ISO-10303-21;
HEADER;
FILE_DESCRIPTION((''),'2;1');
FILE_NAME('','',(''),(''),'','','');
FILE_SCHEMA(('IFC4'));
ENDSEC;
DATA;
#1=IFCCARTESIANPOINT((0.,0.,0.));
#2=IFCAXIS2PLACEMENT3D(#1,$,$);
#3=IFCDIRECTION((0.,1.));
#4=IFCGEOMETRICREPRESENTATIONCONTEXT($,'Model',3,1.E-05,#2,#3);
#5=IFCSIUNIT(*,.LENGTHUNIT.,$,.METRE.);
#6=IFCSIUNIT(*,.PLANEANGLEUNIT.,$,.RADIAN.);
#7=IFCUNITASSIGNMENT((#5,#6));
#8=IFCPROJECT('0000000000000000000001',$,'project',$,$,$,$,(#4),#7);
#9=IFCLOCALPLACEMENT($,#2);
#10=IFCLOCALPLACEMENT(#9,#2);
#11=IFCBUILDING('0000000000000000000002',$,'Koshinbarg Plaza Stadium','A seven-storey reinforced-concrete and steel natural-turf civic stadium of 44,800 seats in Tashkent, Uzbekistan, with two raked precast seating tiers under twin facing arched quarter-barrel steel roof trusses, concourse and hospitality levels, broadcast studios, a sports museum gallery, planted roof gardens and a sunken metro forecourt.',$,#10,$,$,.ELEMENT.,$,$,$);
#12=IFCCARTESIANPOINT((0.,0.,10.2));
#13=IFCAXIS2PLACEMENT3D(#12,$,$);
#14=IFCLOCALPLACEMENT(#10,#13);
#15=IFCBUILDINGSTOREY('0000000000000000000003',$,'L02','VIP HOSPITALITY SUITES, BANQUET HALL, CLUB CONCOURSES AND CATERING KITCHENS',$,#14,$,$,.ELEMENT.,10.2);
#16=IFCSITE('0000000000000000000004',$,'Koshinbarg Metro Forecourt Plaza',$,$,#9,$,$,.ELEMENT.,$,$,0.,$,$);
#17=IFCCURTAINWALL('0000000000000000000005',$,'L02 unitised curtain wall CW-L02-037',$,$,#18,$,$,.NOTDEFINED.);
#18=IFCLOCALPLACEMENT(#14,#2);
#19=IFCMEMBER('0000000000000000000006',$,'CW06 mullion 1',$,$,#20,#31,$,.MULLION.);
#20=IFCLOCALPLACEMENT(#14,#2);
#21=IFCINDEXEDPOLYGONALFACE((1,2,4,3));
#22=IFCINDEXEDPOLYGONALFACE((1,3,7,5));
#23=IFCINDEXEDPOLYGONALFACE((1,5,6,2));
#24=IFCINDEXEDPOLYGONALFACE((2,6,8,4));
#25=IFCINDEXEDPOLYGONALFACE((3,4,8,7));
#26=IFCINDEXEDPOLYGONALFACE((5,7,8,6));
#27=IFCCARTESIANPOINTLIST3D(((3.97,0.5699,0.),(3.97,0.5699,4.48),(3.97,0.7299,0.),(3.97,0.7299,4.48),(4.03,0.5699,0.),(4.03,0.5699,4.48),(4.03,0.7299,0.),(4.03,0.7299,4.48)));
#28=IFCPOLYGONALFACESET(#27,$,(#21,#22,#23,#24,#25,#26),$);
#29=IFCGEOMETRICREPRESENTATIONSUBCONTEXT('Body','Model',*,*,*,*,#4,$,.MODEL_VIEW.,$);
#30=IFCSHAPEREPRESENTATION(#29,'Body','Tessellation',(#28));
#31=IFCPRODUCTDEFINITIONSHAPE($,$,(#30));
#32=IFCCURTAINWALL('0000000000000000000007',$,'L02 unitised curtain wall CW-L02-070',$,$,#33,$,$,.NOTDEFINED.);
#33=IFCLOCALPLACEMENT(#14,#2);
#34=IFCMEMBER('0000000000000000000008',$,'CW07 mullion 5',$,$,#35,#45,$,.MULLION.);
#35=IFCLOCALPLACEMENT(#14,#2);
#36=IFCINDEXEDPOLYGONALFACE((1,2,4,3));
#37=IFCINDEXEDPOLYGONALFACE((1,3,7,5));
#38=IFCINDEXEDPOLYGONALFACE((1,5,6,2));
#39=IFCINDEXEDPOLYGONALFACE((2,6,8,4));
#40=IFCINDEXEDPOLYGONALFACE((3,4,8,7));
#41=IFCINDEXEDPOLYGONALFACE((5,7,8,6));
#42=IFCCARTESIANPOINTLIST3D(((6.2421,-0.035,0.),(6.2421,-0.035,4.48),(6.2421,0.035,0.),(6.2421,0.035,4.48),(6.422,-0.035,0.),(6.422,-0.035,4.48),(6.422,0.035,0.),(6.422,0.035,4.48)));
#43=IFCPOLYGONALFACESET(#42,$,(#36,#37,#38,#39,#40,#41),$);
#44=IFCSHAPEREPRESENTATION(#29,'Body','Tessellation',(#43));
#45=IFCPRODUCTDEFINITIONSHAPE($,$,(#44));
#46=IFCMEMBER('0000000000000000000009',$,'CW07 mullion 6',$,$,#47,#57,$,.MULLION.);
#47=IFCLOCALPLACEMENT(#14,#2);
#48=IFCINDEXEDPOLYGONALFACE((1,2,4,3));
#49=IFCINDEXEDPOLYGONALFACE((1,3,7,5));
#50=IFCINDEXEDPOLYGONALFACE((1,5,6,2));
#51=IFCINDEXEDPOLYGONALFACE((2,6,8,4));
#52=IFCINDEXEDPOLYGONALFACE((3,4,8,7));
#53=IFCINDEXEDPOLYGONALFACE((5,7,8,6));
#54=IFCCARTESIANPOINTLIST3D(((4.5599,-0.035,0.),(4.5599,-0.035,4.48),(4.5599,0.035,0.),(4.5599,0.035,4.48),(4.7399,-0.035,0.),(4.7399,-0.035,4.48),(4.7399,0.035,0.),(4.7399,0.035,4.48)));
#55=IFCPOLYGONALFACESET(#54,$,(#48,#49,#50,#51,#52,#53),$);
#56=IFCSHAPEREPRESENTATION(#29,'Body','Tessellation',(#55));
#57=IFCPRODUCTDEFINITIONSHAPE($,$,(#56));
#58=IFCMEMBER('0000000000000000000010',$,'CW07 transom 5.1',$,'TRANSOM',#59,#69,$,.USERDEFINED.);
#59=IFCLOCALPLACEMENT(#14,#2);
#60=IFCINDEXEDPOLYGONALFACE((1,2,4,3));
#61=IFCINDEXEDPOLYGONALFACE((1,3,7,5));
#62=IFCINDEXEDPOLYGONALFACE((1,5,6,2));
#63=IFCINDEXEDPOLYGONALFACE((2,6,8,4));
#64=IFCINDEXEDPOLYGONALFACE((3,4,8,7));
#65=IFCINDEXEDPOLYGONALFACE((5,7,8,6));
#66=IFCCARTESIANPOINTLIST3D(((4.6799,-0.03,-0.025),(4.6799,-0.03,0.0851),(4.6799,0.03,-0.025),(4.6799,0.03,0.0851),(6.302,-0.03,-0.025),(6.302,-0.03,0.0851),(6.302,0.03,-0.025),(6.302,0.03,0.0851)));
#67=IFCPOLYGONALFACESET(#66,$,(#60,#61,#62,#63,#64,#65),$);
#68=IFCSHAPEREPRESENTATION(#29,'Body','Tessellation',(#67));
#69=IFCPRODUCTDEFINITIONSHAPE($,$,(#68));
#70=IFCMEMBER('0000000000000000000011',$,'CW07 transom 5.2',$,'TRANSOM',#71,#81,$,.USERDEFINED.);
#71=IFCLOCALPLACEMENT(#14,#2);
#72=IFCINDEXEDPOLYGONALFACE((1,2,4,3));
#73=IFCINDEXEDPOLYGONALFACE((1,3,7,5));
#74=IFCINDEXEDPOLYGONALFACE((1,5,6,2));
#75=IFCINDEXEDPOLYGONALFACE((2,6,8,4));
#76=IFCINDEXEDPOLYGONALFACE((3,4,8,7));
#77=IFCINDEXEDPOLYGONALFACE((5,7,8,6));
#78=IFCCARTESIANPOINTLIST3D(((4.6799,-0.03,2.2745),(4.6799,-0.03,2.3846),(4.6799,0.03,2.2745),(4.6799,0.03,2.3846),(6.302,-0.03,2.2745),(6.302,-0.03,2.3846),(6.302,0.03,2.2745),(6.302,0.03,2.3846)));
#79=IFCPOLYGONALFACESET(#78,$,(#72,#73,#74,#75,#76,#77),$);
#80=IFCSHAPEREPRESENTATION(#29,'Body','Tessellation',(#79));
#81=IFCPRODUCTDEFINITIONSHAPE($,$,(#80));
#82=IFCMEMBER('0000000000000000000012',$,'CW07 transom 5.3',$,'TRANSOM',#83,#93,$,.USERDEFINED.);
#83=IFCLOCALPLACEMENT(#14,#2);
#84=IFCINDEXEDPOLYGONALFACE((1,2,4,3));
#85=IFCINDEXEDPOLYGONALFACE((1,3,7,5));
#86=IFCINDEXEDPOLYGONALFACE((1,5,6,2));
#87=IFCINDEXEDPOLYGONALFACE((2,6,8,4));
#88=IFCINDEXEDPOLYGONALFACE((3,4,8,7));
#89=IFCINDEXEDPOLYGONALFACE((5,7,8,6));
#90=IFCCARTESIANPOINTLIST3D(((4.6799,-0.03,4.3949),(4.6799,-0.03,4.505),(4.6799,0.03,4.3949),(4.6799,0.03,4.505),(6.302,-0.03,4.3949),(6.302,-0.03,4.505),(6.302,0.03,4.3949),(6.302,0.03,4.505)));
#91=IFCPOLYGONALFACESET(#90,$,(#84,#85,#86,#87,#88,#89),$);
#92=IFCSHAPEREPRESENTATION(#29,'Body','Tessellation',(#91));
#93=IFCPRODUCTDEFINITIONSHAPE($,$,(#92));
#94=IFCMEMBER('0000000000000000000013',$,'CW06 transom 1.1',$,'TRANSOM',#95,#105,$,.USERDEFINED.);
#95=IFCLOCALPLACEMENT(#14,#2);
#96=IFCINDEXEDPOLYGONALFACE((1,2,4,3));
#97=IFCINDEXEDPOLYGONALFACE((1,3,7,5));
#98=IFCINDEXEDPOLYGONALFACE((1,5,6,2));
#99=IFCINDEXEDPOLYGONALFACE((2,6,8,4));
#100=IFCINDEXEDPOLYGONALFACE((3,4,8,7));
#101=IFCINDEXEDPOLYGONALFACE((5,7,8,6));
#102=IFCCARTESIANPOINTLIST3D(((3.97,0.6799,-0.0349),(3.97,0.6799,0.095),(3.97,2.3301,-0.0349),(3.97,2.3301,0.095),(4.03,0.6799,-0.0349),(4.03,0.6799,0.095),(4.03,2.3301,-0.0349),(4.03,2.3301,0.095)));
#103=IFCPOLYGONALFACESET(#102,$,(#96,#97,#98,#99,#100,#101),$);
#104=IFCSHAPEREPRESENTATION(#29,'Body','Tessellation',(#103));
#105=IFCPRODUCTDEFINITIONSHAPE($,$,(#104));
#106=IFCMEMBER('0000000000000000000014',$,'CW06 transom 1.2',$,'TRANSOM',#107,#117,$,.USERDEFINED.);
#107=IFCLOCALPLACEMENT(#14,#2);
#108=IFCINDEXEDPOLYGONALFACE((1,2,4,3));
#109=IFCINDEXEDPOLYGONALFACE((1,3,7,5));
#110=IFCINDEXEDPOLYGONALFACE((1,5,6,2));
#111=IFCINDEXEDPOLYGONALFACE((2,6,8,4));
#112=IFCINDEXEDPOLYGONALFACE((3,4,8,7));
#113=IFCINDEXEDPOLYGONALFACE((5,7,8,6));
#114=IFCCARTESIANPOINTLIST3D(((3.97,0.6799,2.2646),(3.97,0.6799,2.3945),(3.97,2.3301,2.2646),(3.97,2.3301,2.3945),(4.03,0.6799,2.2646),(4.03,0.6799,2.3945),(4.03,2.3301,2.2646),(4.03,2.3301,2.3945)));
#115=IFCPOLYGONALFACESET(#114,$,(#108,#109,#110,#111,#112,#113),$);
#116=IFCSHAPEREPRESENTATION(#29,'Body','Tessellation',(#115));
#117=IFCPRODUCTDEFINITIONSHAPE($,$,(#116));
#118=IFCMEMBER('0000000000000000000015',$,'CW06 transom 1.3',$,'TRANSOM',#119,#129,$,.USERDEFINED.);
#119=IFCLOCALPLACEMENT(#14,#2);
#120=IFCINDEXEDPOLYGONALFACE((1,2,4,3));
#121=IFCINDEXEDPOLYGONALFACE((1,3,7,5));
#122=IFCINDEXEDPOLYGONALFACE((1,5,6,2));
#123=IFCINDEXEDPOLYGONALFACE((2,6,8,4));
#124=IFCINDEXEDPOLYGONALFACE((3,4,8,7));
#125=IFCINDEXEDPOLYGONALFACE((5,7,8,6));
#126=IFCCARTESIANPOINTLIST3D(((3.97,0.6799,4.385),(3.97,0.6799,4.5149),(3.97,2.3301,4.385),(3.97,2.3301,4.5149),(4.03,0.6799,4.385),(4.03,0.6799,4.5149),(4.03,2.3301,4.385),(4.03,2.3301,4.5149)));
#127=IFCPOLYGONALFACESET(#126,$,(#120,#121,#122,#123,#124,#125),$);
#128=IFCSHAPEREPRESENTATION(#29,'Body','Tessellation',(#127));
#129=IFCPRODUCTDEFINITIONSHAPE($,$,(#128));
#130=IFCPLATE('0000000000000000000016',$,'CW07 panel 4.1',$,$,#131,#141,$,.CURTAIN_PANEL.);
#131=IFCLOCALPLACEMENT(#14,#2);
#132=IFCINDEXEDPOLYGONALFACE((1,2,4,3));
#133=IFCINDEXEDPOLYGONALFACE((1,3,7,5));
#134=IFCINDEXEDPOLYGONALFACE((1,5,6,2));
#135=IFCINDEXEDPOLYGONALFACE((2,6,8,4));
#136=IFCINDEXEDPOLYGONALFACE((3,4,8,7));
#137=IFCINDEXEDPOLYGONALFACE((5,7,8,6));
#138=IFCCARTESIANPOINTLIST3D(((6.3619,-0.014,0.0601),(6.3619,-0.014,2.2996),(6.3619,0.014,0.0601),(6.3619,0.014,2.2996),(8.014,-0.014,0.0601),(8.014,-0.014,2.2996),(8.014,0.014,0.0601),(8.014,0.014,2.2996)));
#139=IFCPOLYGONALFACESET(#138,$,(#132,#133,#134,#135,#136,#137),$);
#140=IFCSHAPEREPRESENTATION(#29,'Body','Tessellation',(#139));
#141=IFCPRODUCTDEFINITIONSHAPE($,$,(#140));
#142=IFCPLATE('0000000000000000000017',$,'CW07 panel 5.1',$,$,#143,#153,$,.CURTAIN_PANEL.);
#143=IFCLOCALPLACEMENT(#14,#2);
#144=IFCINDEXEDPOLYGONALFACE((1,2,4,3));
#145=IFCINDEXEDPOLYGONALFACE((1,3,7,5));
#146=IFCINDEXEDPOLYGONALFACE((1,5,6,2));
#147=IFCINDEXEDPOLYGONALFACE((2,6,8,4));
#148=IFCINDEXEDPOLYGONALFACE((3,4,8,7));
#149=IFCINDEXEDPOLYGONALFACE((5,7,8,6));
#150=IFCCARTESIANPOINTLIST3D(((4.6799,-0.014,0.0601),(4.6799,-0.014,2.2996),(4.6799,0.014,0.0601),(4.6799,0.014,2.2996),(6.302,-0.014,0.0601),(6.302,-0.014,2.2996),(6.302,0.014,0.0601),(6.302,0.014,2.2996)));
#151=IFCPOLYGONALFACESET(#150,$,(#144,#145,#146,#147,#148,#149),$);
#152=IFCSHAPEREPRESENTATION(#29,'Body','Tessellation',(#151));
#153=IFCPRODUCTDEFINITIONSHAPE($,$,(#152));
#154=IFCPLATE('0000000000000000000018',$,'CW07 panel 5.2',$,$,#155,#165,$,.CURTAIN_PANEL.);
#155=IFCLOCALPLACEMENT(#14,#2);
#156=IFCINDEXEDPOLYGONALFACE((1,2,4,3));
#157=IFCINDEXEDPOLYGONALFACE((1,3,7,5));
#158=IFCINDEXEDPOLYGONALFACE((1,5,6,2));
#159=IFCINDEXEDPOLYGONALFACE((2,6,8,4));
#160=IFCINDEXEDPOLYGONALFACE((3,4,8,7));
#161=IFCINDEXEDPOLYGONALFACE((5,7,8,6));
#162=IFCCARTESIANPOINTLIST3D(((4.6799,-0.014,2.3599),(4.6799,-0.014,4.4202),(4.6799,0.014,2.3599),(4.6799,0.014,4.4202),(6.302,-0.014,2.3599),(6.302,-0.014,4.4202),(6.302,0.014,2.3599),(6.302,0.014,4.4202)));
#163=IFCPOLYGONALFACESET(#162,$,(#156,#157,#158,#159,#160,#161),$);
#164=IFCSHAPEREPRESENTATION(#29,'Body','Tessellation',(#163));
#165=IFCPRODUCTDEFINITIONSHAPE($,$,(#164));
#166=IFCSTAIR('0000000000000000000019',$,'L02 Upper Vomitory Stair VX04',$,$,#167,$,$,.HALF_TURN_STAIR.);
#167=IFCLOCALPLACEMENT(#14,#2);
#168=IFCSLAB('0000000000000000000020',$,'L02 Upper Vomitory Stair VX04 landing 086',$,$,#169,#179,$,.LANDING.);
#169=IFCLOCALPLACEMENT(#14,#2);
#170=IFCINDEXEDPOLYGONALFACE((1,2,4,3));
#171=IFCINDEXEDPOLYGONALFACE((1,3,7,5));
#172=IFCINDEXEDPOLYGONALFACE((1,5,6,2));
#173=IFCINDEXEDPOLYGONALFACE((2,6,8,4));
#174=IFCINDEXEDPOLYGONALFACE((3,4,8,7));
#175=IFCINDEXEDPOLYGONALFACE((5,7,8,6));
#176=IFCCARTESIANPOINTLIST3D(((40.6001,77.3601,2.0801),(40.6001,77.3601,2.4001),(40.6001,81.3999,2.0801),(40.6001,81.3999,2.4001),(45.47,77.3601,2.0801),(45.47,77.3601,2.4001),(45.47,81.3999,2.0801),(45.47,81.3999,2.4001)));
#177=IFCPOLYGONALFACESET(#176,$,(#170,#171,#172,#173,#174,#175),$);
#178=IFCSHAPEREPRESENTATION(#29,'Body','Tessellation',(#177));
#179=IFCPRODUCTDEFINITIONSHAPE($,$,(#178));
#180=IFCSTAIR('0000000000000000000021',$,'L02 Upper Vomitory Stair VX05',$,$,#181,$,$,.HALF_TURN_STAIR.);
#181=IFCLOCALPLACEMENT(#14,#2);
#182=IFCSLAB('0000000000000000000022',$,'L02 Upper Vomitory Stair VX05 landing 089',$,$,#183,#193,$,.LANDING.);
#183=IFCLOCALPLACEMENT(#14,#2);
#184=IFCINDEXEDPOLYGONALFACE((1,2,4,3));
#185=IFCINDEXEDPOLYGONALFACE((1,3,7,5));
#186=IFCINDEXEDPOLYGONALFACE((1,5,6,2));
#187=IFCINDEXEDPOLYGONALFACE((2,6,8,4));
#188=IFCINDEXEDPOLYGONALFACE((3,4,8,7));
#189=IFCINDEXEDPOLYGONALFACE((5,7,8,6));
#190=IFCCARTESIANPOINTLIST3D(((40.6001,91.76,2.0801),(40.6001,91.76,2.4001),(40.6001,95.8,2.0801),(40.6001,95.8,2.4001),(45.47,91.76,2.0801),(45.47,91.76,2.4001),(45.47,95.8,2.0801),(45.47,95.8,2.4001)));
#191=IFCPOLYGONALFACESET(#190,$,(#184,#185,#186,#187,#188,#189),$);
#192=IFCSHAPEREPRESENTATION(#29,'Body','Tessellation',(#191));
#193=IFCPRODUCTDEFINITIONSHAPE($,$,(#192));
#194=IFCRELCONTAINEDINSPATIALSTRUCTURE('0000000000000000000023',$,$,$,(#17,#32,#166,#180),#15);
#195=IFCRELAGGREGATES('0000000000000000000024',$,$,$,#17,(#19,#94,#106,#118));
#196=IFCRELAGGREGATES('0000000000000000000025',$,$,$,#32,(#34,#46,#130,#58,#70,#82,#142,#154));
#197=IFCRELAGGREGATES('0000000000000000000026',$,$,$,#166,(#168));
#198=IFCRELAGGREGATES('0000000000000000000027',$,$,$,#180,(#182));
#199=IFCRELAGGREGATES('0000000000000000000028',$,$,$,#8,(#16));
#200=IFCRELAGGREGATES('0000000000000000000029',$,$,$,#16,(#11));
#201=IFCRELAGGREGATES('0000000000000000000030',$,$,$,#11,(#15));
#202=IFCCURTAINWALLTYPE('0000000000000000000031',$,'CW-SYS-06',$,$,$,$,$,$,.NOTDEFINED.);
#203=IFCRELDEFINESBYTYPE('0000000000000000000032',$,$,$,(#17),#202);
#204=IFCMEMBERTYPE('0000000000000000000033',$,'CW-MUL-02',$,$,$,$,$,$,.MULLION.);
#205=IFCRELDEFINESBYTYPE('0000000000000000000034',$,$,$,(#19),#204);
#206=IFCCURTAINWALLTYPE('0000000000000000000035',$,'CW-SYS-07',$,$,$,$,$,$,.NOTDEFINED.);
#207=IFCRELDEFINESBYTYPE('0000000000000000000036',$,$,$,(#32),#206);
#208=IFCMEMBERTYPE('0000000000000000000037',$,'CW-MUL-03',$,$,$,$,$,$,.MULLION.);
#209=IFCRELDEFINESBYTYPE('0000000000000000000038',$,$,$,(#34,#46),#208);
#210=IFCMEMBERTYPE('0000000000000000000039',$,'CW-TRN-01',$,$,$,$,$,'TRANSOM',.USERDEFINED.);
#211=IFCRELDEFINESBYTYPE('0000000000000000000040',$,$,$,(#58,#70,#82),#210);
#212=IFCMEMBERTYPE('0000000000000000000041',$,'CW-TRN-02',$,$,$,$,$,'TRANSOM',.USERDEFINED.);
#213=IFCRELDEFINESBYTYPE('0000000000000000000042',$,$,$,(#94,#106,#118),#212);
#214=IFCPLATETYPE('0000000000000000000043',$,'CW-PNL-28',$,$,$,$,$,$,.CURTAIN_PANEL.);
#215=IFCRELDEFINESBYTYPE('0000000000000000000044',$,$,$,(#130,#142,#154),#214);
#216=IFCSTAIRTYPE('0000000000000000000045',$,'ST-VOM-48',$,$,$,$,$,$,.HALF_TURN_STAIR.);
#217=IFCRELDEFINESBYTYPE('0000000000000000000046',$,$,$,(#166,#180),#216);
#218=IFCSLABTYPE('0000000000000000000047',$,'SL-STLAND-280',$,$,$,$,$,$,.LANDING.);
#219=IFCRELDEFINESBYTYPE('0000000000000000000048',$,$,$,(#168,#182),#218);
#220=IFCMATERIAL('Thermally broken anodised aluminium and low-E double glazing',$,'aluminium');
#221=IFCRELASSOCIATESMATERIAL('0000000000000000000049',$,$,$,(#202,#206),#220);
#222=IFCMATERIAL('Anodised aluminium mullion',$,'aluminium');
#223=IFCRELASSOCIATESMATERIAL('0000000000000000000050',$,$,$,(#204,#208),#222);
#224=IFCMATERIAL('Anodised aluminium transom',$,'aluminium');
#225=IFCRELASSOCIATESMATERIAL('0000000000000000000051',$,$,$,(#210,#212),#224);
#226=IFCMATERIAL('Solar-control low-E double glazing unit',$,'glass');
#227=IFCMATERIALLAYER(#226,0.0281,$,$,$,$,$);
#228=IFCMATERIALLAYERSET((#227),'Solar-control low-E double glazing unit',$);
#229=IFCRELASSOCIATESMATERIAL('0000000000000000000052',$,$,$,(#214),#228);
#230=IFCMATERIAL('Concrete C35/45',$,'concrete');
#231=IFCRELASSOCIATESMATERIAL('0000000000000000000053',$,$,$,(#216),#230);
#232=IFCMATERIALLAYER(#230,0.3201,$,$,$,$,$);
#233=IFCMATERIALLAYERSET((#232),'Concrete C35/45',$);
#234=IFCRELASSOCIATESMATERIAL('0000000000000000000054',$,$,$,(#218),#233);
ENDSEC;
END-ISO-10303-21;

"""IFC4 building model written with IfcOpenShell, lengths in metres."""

from ifc_helpers import new_model, si_unit, direction, frame, origin, origin_2d, place, context, subcontext, project, spatial, polyline, rectangle, outline, extrude, material, layer, layer_set, material_profile, profile_set, type_object, element, aggregate, save


model = new_model("IFC4")

# Units and contexts
model_context = context("Model", 3, precision=1e-05, world=origin(), true_north=direction((0.0, 1.0)))
body_context = subcontext(model_context, "Body", "Model", "MODEL_VIEW")
ifc_project = project(units=[si_unit("LENGTHUNIT", "METRE"), si_unit("PLANEANGLEUNIT", "RADIAN")], contexts=[model_context])

# Site, building, storey
site_placement = place(None, origin())
site = spatial("IfcSite", under=ifc_project, at=site_placement, Name="Koshinbarg Metro Forecourt Plaza", CompositionType="ELEMENT", RefElevation=0.0)
building_placement = place(site_placement, origin())
building = spatial("IfcBuilding", under=site, at=building_placement, Name="Koshinbarg Plaza Stadium", Description="A seven-storey reinforced-concrete and steel natural-turf civic stadium of 44,800 seats in Tashkent, Uzbekistan, with two raked precast seating tiers under twin facing arched quarter-barrel steel roof trusses, concourse and hospitality levels, broadcast studios, a sports museum gallery, planted roof gardens and a sunken metro forecourt.", CompositionType="ELEMENT")
storey_placement = place(building_placement, frame((0.0, 0.0, 10.2)))
storey = spatial("IfcBuildingStorey", under=building, at=storey_placement, Name="L02", Description="VIP HOSPITALITY SUITES, BANQUET HALL, CLUB CONCOURSES AND CATERING KITCHENS", CompositionType="ELEMENT", Elevation=10.2)

# Curtain wall, member
ifc_material_1 = material(Name="Thermally broken anodised aluminium and low-E double glazing", Category="aluminium")
curtain_wall_type_1 = type_object("IfcCurtainWallType", Name="CW-SYS-06", PredefinedType="NOTDEFINED", material=ifc_material_1)
curtain_wall_1_placement = place(storey_placement, origin())
curtain_wall_1 = element("IfcCurtainWall", 1, at=curtain_wall_1_placement, inside=storey, type_object=curtain_wall_type_1, Name="L02 unitised curtain wall CW-L02-037", PredefinedType="NOTDEFINED")
ifc_material_2 = material(Name="Anodised aluminium mullion", Category="aluminium")
ifc_material_profile_1 = material_profile(ifc_material_2, rectangle(XDim=0.0601, YDim=0.1599, at=origin_2d()), Name="ALU 60x160")
ifc_profile_set_1 = profile_set([ifc_material_profile_1], Name="Anodised aluminium mullion")
member_type_1 = type_object("IfcMemberType", Name="CW-MUL-02", PredefinedType="MULLION", material=ifc_profile_set_1)
member_1_placement = place(storey_placement, frame((4.0, 0.6499, 0.0), z_axis=(0.0, 0.0, 1.0), x_axis=(-1.0, 0.0, 0.0)))
member_1 = element("IfcMember", 2, at=member_1_placement, type_object=member_type_1, Name="CW06 mullion 1", PredefinedType="MULLION", context=body_context, shape_type="SweptSolid", body=[
    extrude(rectangle(XDim=0.0601, YDim=0.1599, at=origin_2d()), origin(), (0.0, 0.0, 1.0), 4.48),
])

# Curtain wall, members
curtain_wall_type_2 = type_object("IfcCurtainWallType", Name="CW-SYS-07", PredefinedType="NOTDEFINED", material=ifc_material_1)
curtain_wall_2_placement = place(storey_placement, origin())
curtain_wall_2 = element("IfcCurtainWall", 3, at=curtain_wall_2_placement, inside=storey, type_object=curtain_wall_type_2, Name="L02 unitised curtain wall CW-L02-070", PredefinedType="NOTDEFINED")
ifc_material_profile_2 = material_profile(ifc_material_2, rectangle(XDim=0.0701, YDim=0.1799, at=origin_2d()), Name="ALU 70x180")
ifc_profile_set_2 = profile_set([ifc_material_profile_2], Name="Anodised aluminium mullion")
member_type_2 = type_object("IfcMemberType", Name="CW-MUL-03", PredefinedType="MULLION", material=ifc_profile_set_2)
member_2_placement = place(storey_placement, frame((6.332, 0.0, 0.0), z_axis=(0.0, 0.0, 1.0), x_axis=(0.0, -1.0, 0.0)))
member_2 = element("IfcMember", 4, at=member_2_placement, type_object=member_type_2, Name="CW07 mullion 5", PredefinedType="MULLION", context=body_context, shape_type="SweptSolid", body=[
    extrude(rectangle(XDim=0.0701, YDim=0.1799, at=origin_2d()), origin(), (0.0, 0.0, 1.0), 4.48),
])
member_3_placement = place(storey_placement, frame((4.6499, 0.0, 0.0), z_axis=(0.0, 0.0, 1.0), x_axis=(0.0, -1.0, 0.0)))
member_3 = element("IfcMember", 5, at=member_3_placement, type_object=member_type_2, Name="CW07 mullion 6", PredefinedType="MULLION", context=body_context, shape_type="SweptSolid", body=[
    extrude(rectangle(XDim=0.0701, YDim=0.1799, at=origin_2d()), origin(), (0.0, 0.0, 1.0), 4.48),
])
ifc_material_3 = material(Name="Anodised aluminium transom", Category="aluminium")
ifc_material_profile_3 = material_profile(ifc_material_3, rectangle(XDim=0.0601, YDim=0.1101, at=origin_2d()), Name="ALU 60x110")
ifc_profile_set_3 = profile_set([ifc_material_profile_3], Name="Anodised aluminium transom")
member_type_3 = type_object("IfcMemberType", Name="CW-TRN-01", ElementType="TRANSOM", PredefinedType="USERDEFINED", material=ifc_profile_set_3)
member_4_placement = place(storey_placement, frame((6.302, 0.0, 0.03), z_axis=(-1.0, 0.0, 0.0), x_axis=(0.0, -1.0, 0.0)))
member_4 = element("IfcMember", 6, at=member_4_placement, type_object=member_type_3, Name="CW07 transom 5.1", ObjectType="TRANSOM", PredefinedType="USERDEFINED", context=body_context, shape_type="SweptSolid", body=[
    extrude(rectangle(XDim=0.0601, YDim=0.1101, at=origin_2d()), origin(), (0.0, 0.0, 1.0), 1.6221),
])
member_5_placement = place(storey_placement, frame((6.302, 0.0, 2.3296), z_axis=(-1.0, 0.0, 0.0), x_axis=(0.0, -1.0, 0.0)))
member_5 = element("IfcMember", 7, at=member_5_placement, type_object=member_type_3, Name="CW07 transom 5.2", ObjectType="TRANSOM", PredefinedType="USERDEFINED", context=body_context, shape_type="SweptSolid", body=[
    extrude(rectangle(XDim=0.0601, YDim=0.1101, at=origin_2d()), origin(), (0.0, 0.0, 1.0), 1.6221),
])
member_6_placement = place(storey_placement, frame((6.302, 0.0, 4.45), z_axis=(-1.0, 0.0, 0.0), x_axis=(0.0, -1.0, 0.0)))
member_6 = element("IfcMember", 8, at=member_6_placement, type_object=member_type_3, Name="CW07 transom 5.3", ObjectType="TRANSOM", PredefinedType="USERDEFINED", context=body_context, shape_type="SweptSolid", body=[
    extrude(rectangle(XDim=0.0601, YDim=0.1101, at=origin_2d()), origin(), (0.0, 0.0, 1.0), 1.6221),
])

# Members
ifc_material_profile_4 = material_profile(ifc_material_3, rectangle(XDim=0.0601, YDim=0.1299, at=origin_2d()), Name="ALU 60x130")
ifc_profile_set_4 = profile_set([ifc_material_profile_4], Name="Anodised aluminium transom")
member_type_4 = type_object("IfcMemberType", Name="CW-TRN-02", ElementType="TRANSOM", PredefinedType="USERDEFINED", material=ifc_profile_set_4)
member_7_placement = place(storey_placement, frame((4.0, 0.6799, 0.03), z_axis=(0.0, 1.0, 0.0), x_axis=(-1.0, 0.0, 0.0)))
member_7 = element("IfcMember", 9, at=member_7_placement, type_object=member_type_4, Name="CW06 transom 1.1", ObjectType="TRANSOM", PredefinedType="USERDEFINED", context=body_context, shape_type="SweptSolid", body=[
    extrude(rectangle(XDim=0.0601, YDim=0.1299, at=origin_2d()), origin(), (0.0, 0.0, 1.0), 1.6501),
])
member_8_placement = place(storey_placement, frame((4.0, 0.6799, 2.3296), z_axis=(0.0, 1.0, 0.0), x_axis=(-1.0, 0.0, 0.0)))
member_8 = element("IfcMember", 10, at=member_8_placement, type_object=member_type_4, Name="CW06 transom 1.2", ObjectType="TRANSOM", PredefinedType="USERDEFINED", context=body_context, shape_type="SweptSolid", body=[
    extrude(rectangle(XDim=0.0601, YDim=0.1299, at=origin_2d()), origin(), (0.0, 0.0, 1.0), 1.6501),
])
member_9_placement = place(storey_placement, frame((4.0, 0.6799, 4.45), z_axis=(0.0, 1.0, 0.0), x_axis=(-1.0, 0.0, 0.0)))
member_9 = element("IfcMember", 11, at=member_9_placement, type_object=member_type_4, Name="CW06 transom 1.3", ObjectType="TRANSOM", PredefinedType="USERDEFINED", context=body_context, shape_type="SweptSolid", body=[
    extrude(rectangle(XDim=0.0601, YDim=0.1299, at=origin_2d()), origin(), (0.0, 0.0, 1.0), 1.6501),
])
aggregate(curtain_wall_1, [member_1, member_7, member_8, member_9])

# Plates
ifc_material_4 = material(Name="Solar-control low-E double glazing unit", Category="glass")
ifc_layer_1 = layer(ifc_material_4, 0.0281)
ifc_layer_set_1 = layer_set([ifc_layer_1], Name="Solar-control low-E double glazing unit")
plate_type = type_object("IfcPlateType", Name="CW-PNL-28", PredefinedType="CURTAIN_PANEL", material=ifc_layer_set_1)
plate_1_placement = place(storey_placement, frame((7.188, 0.0, 0.0601), z_axis=(0.0, 0.0, 1.0), x_axis=(-1.0, 0.0, 0.0)))
plate_1 = element("IfcPlate", 12, at=plate_1_placement, type_object=plate_type, Name="CW07 panel 4.1", PredefinedType="CURTAIN_PANEL", context=body_context, shape_type="SweptSolid", body=[
    extrude(rectangle(XDim=1.6521, YDim=0.0281, at=origin_2d()), origin(), (0.0, 0.0, 1.0), 2.2395),
])
plate_2_placement = place(storey_placement, frame((5.491, 0.0, 0.0601), z_axis=(0.0, 0.0, 1.0), x_axis=(-1.0, 0.0, 0.0)))
plate_2 = element("IfcPlate", 13, at=plate_2_placement, type_object=plate_type, Name="CW07 panel 5.1", PredefinedType="CURTAIN_PANEL", context=body_context, shape_type="SweptSolid", body=[
    extrude(rectangle(XDim=1.6221, YDim=0.0281, at=origin_2d()), origin(), (0.0, 0.0, 1.0), 2.2395),
])
plate_3_placement = place(storey_placement, frame((5.491, 0.0, 2.3599), z_axis=(0.0, 0.0, 1.0), x_axis=(-1.0, 0.0, 0.0)))
plate_3 = element("IfcPlate", 14, at=plate_3_placement, type_object=plate_type, Name="CW07 panel 5.2", PredefinedType="CURTAIN_PANEL", context=body_context, shape_type="SweptSolid", body=[
    extrude(rectangle(XDim=1.6221, YDim=0.0281, at=origin_2d()), origin(), (0.0, 0.0, 1.0), 2.0603),
])
aggregate(curtain_wall_2, [member_2, member_3, plate_1, member_4, member_5, member_6, plate_2, plate_3])

# Stairs, slabs
ifc_material_5 = material(Name="Concrete C35/45", Category="concrete")
stair_type = type_object("IfcStairType", Name="ST-VOM-48", PredefinedType="HALF_TURN_STAIR", material=ifc_material_5)
stair_1_placement = place(storey_placement, origin())
stair_1 = element("IfcStair", 15, at=stair_1_placement, inside=storey, type_object=stair_type, Name="L02 Upper Vomitory Stair VX04", PredefinedType="HALF_TURN_STAIR")
ifc_layer_2 = layer(ifc_material_5, 0.3201)
ifc_layer_set_2 = layer_set([ifc_layer_2], Name="Concrete C35/45")
slab_type = type_object("IfcSlabType", Name="SL-STLAND-280", PredefinedType="LANDING", material=ifc_layer_set_2)
slab_1_placement = place(storey_placement, frame((0.0, 0.0, 2.0801)))
slab_1 = element("IfcSlab", 16, at=slab_1_placement, type_object=slab_type, Name="L02 Upper Vomitory Stair VX04 landing 086", PredefinedType="LANDING", context=body_context, shape_type="SweptSolid", body=[
    extrude(outline(polyline([(45.47, 77.3601), (45.47, 81.3999), (40.6001, 81.3999), (40.6001, 77.3601), (45.47, 77.3601)])), origin(), (0.0, 0.0, 1.0), 0.3201),
])
aggregate(stair_1, [slab_1])
stair_2_placement = place(storey_placement, origin())
stair_2 = element("IfcStair", 17, at=stair_2_placement, inside=storey, type_object=stair_type, Name="L02 Upper Vomitory Stair VX05", PredefinedType="HALF_TURN_STAIR")
slab_2_placement = place(storey_placement, frame((0.0, 0.0, 2.0801)))
slab_2 = element("IfcSlab", 18, at=slab_2_placement, type_object=slab_type, Name="L02 Upper Vomitory Stair VX05 landing 089", PredefinedType="LANDING", context=body_context, shape_type="SweptSolid", body=[
    extrude(outline(polyline([(45.47, 91.76), (45.47, 95.8), (40.6001, 95.8), (40.6001, 91.76), (45.47, 91.76)])), origin(), (0.0, 0.0, 1.0), 0.3201),
])
aggregate(stair_2, [slab_2])

save(model, "model.ifc")
